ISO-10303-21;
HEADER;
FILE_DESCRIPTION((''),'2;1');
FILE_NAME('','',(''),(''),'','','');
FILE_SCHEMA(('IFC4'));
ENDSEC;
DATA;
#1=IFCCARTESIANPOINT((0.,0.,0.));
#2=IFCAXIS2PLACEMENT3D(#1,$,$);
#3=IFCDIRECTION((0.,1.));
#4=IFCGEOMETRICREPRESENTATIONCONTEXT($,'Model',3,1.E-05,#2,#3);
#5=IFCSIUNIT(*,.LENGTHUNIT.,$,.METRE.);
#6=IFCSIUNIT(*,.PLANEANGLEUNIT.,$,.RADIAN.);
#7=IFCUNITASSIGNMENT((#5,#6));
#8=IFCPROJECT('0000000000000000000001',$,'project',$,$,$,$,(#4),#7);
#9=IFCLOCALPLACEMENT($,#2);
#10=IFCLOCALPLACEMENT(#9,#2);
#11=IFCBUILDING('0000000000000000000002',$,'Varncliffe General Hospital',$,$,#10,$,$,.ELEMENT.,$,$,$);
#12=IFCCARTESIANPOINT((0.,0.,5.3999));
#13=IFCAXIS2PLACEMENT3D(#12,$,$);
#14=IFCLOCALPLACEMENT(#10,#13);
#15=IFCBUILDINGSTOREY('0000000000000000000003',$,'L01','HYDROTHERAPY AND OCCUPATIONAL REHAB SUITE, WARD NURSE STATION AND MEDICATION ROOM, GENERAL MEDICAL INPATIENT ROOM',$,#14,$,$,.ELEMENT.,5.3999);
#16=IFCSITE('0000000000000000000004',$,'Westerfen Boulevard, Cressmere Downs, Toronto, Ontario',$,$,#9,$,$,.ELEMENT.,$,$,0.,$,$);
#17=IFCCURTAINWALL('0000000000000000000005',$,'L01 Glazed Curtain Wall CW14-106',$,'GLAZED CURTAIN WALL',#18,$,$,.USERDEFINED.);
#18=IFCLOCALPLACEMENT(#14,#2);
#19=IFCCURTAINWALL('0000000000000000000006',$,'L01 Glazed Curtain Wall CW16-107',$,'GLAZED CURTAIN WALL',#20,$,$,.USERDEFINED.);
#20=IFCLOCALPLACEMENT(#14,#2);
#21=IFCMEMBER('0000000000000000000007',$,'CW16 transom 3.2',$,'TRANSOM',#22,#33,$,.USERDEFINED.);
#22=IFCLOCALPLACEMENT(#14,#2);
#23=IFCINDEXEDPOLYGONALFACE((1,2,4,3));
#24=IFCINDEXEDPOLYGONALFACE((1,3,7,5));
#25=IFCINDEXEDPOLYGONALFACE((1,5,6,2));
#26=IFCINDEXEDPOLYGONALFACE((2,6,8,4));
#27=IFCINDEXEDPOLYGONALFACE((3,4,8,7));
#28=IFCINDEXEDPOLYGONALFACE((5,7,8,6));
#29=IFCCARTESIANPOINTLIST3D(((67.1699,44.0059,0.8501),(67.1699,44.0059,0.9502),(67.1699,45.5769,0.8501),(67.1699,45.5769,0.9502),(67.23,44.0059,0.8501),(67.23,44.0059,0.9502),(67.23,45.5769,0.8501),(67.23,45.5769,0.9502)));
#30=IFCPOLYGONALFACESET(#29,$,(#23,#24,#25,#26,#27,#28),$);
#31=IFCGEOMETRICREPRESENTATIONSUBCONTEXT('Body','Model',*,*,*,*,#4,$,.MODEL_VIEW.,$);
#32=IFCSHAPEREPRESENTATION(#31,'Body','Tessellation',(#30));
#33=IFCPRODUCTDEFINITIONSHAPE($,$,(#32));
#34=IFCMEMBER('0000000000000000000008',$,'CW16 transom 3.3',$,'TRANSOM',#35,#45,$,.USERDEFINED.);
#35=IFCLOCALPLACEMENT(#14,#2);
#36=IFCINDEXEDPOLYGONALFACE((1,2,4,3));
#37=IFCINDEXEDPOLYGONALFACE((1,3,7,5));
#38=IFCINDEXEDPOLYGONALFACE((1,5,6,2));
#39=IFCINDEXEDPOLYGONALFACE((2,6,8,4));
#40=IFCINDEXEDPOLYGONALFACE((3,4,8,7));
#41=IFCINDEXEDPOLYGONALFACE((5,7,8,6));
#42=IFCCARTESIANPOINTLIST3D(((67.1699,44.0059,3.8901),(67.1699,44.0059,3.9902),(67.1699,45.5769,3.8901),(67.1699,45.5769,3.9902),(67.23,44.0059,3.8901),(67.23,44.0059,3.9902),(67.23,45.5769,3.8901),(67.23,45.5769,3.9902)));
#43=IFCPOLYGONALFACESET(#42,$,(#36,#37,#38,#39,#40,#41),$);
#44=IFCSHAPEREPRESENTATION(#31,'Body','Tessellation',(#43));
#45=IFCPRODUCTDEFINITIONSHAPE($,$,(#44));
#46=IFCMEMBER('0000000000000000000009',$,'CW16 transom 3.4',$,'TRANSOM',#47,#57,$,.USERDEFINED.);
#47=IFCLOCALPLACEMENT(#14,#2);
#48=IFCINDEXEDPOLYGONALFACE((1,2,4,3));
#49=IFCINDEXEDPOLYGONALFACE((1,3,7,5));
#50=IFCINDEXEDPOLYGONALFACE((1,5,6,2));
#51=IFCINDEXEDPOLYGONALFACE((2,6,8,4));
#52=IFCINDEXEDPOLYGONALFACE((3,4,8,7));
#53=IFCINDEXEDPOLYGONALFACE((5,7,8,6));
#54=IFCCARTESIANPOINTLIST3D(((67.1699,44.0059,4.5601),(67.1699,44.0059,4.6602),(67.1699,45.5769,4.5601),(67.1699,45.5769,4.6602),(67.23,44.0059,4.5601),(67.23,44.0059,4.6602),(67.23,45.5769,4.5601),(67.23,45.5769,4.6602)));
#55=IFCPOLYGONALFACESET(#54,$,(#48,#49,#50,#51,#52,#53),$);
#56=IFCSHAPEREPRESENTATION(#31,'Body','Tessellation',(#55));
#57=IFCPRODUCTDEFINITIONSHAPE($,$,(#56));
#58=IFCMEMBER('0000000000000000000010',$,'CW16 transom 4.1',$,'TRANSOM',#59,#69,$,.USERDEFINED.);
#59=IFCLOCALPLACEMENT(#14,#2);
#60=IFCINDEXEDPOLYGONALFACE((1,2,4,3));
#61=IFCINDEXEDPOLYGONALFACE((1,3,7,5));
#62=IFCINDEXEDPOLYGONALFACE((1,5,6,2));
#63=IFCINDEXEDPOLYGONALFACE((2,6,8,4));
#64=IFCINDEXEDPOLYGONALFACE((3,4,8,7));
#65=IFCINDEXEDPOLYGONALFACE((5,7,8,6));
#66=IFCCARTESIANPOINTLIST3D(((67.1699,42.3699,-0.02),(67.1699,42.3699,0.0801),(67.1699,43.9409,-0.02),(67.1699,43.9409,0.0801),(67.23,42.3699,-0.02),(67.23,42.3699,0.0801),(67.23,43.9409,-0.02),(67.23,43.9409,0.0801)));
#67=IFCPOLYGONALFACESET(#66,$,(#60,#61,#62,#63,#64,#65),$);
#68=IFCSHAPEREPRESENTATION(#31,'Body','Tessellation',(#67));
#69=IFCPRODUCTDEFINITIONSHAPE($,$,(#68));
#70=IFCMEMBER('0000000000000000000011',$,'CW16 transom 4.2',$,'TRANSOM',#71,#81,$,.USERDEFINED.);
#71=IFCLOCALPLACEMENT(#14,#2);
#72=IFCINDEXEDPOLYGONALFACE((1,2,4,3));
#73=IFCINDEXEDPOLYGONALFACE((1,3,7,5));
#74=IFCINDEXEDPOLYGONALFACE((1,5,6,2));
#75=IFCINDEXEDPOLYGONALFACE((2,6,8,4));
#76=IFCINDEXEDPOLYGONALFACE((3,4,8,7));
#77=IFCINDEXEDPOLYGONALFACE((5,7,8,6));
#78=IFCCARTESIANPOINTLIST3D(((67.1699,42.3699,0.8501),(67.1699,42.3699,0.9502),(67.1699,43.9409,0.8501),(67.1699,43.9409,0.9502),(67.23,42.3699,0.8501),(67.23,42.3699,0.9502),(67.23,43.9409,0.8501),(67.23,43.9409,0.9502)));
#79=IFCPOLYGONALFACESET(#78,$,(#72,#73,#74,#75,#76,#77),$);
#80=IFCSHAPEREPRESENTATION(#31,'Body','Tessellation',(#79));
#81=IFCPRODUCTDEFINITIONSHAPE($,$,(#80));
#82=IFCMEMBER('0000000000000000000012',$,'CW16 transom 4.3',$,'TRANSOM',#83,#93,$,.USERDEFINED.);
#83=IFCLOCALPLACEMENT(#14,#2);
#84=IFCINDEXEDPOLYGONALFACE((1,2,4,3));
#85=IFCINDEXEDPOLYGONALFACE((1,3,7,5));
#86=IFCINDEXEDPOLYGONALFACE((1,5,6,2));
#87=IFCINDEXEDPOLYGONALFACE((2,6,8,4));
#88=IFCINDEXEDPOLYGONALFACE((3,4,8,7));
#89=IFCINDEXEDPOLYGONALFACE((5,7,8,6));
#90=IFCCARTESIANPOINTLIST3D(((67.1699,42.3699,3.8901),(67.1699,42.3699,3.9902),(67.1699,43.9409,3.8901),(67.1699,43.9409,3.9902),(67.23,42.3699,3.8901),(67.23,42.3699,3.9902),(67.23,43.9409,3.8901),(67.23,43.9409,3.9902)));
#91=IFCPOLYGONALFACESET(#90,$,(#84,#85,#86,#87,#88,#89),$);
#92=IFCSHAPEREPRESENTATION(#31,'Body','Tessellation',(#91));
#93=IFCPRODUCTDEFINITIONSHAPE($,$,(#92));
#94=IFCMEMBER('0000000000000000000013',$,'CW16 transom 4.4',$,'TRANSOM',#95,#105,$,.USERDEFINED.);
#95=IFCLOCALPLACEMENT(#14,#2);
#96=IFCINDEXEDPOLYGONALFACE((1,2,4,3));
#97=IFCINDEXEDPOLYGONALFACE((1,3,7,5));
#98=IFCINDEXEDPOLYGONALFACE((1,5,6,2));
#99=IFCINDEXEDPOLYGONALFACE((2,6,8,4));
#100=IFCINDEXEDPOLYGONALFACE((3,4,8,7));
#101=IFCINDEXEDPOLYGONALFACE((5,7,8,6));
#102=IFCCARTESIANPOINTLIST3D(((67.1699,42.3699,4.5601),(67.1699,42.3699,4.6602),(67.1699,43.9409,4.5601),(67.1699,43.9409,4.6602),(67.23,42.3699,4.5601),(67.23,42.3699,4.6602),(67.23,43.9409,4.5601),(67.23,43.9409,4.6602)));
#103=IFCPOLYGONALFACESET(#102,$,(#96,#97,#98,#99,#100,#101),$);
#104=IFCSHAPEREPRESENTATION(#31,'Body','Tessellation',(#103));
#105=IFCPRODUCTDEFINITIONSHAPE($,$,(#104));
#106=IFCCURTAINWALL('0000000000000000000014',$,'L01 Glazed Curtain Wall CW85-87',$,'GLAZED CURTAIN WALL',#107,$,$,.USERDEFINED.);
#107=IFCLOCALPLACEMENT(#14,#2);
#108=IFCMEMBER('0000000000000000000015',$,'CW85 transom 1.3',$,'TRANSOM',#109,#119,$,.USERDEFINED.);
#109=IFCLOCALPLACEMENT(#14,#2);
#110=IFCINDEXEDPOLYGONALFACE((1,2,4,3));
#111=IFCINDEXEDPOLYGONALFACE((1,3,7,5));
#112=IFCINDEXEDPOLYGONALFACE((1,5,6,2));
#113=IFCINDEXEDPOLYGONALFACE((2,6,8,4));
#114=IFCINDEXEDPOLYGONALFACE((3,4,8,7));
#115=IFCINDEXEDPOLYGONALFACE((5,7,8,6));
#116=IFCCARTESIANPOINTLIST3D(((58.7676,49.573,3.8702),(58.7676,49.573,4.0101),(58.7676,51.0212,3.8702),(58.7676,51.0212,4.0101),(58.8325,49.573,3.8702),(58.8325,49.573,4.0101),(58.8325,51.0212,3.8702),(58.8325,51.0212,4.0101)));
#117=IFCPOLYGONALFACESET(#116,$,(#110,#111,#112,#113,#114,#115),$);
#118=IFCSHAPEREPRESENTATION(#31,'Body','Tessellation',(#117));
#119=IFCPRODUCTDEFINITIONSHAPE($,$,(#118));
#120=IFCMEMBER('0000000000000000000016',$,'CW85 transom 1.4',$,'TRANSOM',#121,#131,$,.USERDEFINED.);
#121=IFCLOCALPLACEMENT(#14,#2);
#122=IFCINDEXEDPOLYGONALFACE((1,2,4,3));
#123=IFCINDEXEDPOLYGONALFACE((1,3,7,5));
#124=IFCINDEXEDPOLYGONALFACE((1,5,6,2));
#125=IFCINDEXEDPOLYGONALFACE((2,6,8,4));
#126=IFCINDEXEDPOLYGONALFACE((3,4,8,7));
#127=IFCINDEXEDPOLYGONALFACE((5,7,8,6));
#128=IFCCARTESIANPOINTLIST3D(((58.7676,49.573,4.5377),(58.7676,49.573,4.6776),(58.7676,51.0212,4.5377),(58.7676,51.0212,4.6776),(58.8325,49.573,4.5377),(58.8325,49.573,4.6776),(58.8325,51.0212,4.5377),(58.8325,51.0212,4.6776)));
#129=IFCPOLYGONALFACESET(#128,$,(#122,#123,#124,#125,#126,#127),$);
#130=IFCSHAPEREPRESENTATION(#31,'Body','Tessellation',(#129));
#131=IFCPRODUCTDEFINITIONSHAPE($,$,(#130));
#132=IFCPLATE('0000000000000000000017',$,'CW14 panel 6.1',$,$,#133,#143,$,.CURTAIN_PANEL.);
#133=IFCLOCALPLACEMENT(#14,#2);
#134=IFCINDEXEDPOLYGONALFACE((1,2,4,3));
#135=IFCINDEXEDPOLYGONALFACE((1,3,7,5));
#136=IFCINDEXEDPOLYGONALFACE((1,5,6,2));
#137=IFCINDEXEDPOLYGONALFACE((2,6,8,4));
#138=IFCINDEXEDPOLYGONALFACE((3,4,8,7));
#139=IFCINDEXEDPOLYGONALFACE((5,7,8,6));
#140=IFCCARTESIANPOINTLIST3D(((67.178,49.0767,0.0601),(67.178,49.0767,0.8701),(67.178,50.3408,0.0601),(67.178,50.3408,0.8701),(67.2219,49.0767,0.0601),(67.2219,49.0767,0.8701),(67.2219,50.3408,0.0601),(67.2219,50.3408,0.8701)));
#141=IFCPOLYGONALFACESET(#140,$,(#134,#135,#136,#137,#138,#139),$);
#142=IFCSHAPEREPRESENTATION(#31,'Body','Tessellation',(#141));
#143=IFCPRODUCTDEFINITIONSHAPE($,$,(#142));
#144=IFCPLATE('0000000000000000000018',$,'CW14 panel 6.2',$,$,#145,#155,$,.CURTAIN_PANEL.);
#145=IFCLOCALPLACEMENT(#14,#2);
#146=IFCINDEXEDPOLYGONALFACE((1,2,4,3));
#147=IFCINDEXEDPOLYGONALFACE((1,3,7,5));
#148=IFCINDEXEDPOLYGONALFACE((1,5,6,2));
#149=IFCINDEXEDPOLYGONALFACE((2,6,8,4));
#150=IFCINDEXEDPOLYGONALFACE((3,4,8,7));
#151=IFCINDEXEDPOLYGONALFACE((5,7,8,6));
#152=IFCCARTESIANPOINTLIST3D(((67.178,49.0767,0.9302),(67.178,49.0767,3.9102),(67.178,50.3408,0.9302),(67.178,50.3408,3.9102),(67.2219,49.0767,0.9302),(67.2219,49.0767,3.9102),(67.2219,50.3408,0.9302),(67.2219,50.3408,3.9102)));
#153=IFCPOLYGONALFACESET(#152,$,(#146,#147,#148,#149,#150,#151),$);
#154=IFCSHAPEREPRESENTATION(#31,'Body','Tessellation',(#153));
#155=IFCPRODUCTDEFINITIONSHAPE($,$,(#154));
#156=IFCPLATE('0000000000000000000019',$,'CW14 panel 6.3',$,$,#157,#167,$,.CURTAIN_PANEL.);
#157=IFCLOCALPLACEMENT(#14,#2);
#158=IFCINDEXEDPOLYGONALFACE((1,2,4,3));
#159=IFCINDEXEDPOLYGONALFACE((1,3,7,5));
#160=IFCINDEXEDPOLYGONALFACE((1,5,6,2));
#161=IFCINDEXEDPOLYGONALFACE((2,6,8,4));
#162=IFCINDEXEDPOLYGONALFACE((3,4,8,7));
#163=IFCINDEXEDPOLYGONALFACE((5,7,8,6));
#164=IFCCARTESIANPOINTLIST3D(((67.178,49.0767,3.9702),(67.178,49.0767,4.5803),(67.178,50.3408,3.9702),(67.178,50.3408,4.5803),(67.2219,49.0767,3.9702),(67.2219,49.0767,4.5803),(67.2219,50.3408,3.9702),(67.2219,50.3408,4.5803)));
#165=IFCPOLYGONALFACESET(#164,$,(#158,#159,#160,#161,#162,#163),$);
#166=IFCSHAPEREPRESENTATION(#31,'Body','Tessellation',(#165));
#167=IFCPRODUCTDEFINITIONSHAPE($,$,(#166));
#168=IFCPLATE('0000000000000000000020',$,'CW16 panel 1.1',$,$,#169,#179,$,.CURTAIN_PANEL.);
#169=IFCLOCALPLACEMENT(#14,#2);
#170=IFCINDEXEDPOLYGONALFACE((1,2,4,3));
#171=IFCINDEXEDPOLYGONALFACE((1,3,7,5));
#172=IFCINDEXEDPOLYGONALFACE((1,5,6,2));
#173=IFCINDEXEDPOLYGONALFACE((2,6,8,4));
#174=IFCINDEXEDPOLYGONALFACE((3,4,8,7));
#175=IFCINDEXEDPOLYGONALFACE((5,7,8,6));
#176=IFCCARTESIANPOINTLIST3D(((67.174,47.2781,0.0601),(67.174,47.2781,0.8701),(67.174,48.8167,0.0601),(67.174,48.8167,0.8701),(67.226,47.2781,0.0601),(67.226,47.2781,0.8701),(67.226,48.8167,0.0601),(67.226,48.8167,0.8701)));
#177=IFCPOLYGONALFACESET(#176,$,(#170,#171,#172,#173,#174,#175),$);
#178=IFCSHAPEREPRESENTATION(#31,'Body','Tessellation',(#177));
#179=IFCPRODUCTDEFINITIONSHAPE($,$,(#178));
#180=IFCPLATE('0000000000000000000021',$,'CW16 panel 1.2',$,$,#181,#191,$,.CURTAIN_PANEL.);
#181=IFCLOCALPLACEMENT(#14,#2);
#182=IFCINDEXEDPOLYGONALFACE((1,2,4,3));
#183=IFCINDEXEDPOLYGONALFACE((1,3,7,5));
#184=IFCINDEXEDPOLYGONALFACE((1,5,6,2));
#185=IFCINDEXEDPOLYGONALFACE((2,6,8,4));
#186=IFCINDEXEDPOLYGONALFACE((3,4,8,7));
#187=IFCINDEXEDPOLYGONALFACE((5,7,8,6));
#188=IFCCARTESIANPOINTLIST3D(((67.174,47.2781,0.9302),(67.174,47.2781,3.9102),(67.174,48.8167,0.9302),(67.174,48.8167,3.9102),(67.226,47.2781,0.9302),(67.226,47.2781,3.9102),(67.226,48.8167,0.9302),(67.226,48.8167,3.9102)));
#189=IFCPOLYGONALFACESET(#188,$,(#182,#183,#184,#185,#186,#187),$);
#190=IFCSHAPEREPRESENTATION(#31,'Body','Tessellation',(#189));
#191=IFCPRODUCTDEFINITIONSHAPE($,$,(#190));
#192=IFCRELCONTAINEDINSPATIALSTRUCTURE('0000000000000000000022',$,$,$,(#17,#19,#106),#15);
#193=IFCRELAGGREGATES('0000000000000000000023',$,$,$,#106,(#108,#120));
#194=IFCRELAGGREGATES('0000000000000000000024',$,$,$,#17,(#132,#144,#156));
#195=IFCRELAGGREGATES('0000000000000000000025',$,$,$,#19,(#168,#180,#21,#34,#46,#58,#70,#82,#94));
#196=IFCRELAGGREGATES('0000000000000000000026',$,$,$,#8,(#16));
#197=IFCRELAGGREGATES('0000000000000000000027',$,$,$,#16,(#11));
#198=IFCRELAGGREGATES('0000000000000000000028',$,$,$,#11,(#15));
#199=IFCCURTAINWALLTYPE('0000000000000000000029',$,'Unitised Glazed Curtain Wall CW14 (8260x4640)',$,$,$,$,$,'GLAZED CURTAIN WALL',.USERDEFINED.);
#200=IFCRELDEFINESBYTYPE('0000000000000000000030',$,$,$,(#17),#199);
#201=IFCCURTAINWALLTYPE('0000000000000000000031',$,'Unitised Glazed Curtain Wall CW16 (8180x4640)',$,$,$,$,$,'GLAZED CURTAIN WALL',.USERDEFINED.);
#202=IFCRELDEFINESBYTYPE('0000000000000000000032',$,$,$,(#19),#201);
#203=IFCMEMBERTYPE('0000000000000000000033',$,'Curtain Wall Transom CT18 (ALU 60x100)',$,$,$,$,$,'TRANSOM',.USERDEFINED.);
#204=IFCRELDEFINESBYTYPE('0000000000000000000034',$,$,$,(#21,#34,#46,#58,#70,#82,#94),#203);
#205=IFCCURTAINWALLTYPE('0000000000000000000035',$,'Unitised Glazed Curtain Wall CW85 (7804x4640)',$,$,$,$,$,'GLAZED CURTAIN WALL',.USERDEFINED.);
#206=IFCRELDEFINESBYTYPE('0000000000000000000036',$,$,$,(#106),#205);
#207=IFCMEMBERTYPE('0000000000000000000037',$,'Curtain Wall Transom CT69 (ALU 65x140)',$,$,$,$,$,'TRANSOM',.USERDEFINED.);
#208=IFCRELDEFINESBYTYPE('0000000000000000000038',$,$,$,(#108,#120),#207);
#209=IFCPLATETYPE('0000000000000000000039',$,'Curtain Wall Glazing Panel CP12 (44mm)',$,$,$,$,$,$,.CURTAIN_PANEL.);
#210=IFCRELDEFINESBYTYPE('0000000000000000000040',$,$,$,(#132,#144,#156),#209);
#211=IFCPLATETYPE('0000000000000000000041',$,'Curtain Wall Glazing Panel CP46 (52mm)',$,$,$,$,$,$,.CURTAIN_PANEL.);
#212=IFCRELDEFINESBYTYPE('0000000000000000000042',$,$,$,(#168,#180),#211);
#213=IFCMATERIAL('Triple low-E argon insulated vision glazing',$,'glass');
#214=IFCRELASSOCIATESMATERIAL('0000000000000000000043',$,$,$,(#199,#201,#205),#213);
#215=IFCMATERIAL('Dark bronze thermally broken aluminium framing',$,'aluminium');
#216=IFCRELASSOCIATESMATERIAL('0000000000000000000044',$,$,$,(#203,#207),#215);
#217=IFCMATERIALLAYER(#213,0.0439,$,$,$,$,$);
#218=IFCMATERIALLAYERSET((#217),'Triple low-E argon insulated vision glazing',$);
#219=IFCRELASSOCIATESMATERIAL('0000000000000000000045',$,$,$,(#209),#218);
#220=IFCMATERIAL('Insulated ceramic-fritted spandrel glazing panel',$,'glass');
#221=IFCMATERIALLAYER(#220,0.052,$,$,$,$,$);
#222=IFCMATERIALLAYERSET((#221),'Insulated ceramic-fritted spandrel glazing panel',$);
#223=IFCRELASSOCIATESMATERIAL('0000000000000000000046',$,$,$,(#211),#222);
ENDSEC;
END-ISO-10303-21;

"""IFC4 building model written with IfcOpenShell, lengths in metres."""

from ifc_helpers import new_model, si_unit, direction, frame, origin, origin_2d, place, context, subcontext, project, spatial, rectangle, extrude, material, layer, layer_set, material_profile, profile_set, type_object, element, aggregate, save


model = new_model("IFC4")

# Units and contexts
model_context = context("Model", 3, precision=1e-05, world=origin(), true_north=direction((0.0, 1.0)))
body_context = subcontext(model_context, "Body", "Model", "MODEL_VIEW")
ifc_project = project(units=[si_unit("LENGTHUNIT", "METRE"), si_unit("PLANEANGLEUNIT", "RADIAN")], contexts=[model_context])

# Site, building, storey
site_placement = place(None, origin())
site = spatial("IfcSite", under=ifc_project, at=site_placement, Name="Westerfen Boulevard, Cressmere Downs, Toronto, Ontario", CompositionType="ELEMENT", RefElevation=0.0)
building_placement = place(site_placement, origin())
building = spatial("IfcBuilding", under=site, at=building_placement, Name="Varncliffe General Hospital", CompositionType="ELEMENT")
storey_placement = place(building_placement, frame((0.0, 0.0, 5.3999)))
storey = spatial("IfcBuildingStorey", under=building, at=storey_placement, Name="L01", Description="HYDROTHERAPY AND OCCUPATIONAL REHAB SUITE, WARD NURSE STATION AND MEDICATION ROOM, GENERAL MEDICAL INPATIENT ROOM", CompositionType="ELEMENT", Elevation=5.3999)

# Curtain wall
ifc_material_1 = material(Name="Triple low-E argon insulated vision glazing", Category="glass")
curtain_wall_type_1 = type_object("IfcCurtainWallType", Name="Unitised Glazed Curtain Wall CW14 (8260x4640)", ElementType="GLAZED CURTAIN WALL", PredefinedType="USERDEFINED", material=ifc_material_1)
curtain_wall_1_placement = place(storey_placement, origin())
curtain_wall_1 = element("IfcCurtainWall", 1, at=curtain_wall_1_placement, inside=storey, type_object=curtain_wall_type_1, Name="L01 Glazed Curtain Wall CW14-106", ObjectType="GLAZED CURTAIN WALL", PredefinedType="USERDEFINED")
ifc_material_2 = material(Name="Dark bronze thermally broken aluminium framing", Category="aluminium")

# Curtain walls, members
curtain_wall_type_2 = type_object("IfcCurtainWallType", Name="Unitised Glazed Curtain Wall CW16 (8180x4640)", ElementType="GLAZED CURTAIN WALL", PredefinedType="USERDEFINED", material=ifc_material_1)
curtain_wall_2_placement = place(storey_placement, origin())
curtain_wall_2 = element("IfcCurtainWall", 2, at=curtain_wall_2_placement, inside=storey, type_object=curtain_wall_type_2, Name="L01 Glazed Curtain Wall CW16-107", ObjectType="GLAZED CURTAIN WALL", PredefinedType="USERDEFINED")
ifc_material_profile_1 = material_profile(ifc_material_2, rectangle(XDim=0.0601, YDim=0.1001, at=origin_2d()), Name="ALU 60x100")
ifc_profile_set_1 = profile_set([ifc_material_profile_1], Name="Dark bronze thermally broken aluminium framing")
member_type_1 = type_object("IfcMemberType", Name="Curtain Wall Transom CT18 (ALU 60x100)", ElementType="TRANSOM", PredefinedType="USERDEFINED", material=ifc_profile_set_1)
member_1_placement = place(storey_placement, frame((67.2, 45.5769, 0.9001), z_axis=(0.0, -1.0, 0.0), x_axis=(1.0, 0.0, 0.0)))
member_1 = element("IfcMember", 3, at=member_1_placement, type_object=member_type_1, Name="CW16 transom 3.2", ObjectType="TRANSOM", PredefinedType="USERDEFINED", context=body_context, shape_type="SweptSolid", body=[
    extrude(rectangle(XDim=0.0601, YDim=0.1001, at=origin_2d()), origin(), (0.0, 0.0, 1.0), 1.571),
])
member_2_placement = place(storey_placement, frame((67.2, 45.5769, 3.9402), z_axis=(0.0, -1.0, 0.0), x_axis=(1.0, 0.0, 0.0)))
member_2 = element("IfcMember", 4, at=member_2_placement, type_object=member_type_1, Name="CW16 transom 3.3", ObjectType="TRANSOM", PredefinedType="USERDEFINED", context=body_context, shape_type="SweptSolid", body=[
    extrude(rectangle(XDim=0.0601, YDim=0.1001, at=origin_2d()), origin(), (0.0, 0.0, 1.0), 1.571),
])
member_3_placement = place(storey_placement, frame((67.2, 45.5769, 4.6101), z_axis=(0.0, -1.0, 0.0), x_axis=(1.0, 0.0, 0.0)))
member_3 = element("IfcMember", 5, at=member_3_placement, type_object=member_type_1, Name="CW16 transom 3.4", ObjectType="TRANSOM", PredefinedType="USERDEFINED", context=body_context, shape_type="SweptSolid", body=[
    extrude(rectangle(XDim=0.0601, YDim=0.1001, at=origin_2d()), origin(), (0.0, 0.0, 1.0), 1.571),
])
member_4_placement = place(storey_placement, frame((67.2, 43.9409, 0.03), z_axis=(0.0, -1.0, 0.0), x_axis=(1.0, 0.0, 0.0)))
member_4 = element("IfcMember", 6, at=member_4_placement, type_object=member_type_1, Name="CW16 transom 4.1", ObjectType="TRANSOM", PredefinedType="USERDEFINED", context=body_context, shape_type="SweptSolid", body=[
    extrude(rectangle(XDim=0.0601, YDim=0.1001, at=origin_2d()), origin(), (0.0, 0.0, 1.0), 1.571),
])
member_5_placement = place(storey_placement, frame((67.2, 43.9409, 0.9001), z_axis=(0.0, -1.0, 0.0), x_axis=(1.0, 0.0, 0.0)))
member_5 = element("IfcMember", 7, at=member_5_placement, type_object=member_type_1, Name="CW16 transom 4.2", ObjectType="TRANSOM", PredefinedType="USERDEFINED", context=body_context, shape_type="SweptSolid", body=[
    extrude(rectangle(XDim=0.0601, YDim=0.1001, at=origin_2d()), origin(), (0.0, 0.0, 1.0), 1.571),
])
member_6_placement = place(storey_placement, frame((67.2, 43.9409, 3.9402), z_axis=(0.0, -1.0, 0.0), x_axis=(1.0, 0.0, 0.0)))
member_6 = element("IfcMember", 8, at=member_6_placement, type_object=member_type_1, Name="CW16 transom 4.3", ObjectType="TRANSOM", PredefinedType="USERDEFINED", context=body_context, shape_type="SweptSolid", body=[
    extrude(rectangle(XDim=0.0601, YDim=0.1001, at=origin_2d()), origin(), (0.0, 0.0, 1.0), 1.571),
])
member_7_placement = place(storey_placement, frame((67.2, 43.9409, 4.6101), z_axis=(0.0, -1.0, 0.0), x_axis=(1.0, 0.0, 0.0)))
member_7 = element("IfcMember", 9, at=member_7_placement, type_object=member_type_1, Name="CW16 transom 4.4", ObjectType="TRANSOM", PredefinedType="USERDEFINED", context=body_context, shape_type="SweptSolid", body=[
    extrude(rectangle(XDim=0.0601, YDim=0.1001, at=origin_2d()), origin(), (0.0, 0.0, 1.0), 1.571),
])
curtain_wall_type_3 = type_object("IfcCurtainWallType", Name="Unitised Glazed Curtain Wall CW85 (7804x4640)", ElementType="GLAZED CURTAIN WALL", PredefinedType="USERDEFINED", material=ifc_material_1)
curtain_wall_3_placement = place(storey_placement, origin())
curtain_wall_3 = element("IfcCurtainWall", 10, at=curtain_wall_3_placement, inside=storey, type_object=curtain_wall_type_3, Name="L01 Glazed Curtain Wall CW85-87", ObjectType="GLAZED CURTAIN WALL", PredefinedType="USERDEFINED")
ifc_material_profile_2 = material_profile(ifc_material_2, rectangle(XDim=0.0649, YDim=0.1399, at=origin_2d()), Name="ALU 65x140")
ifc_profile_set_2 = profile_set([ifc_material_profile_2], Name="Dark bronze thermally broken aluminium framing")
member_type_2 = type_object("IfcMemberType", Name="Curtain Wall Transom CT69 (ALU 65x140)", ElementType="TRANSOM", PredefinedType="USERDEFINED", material=ifc_profile_set_2)
member_8_placement = place(storey_placement, frame((58.8, 49.573, 3.9402), z_axis=(0.0, 1.0, 0.0), x_axis=(-1.0, 0.0, 0.0)))
member_8 = element("IfcMember", 11, at=member_8_placement, type_object=member_type_2, Name="CW85 transom 1.3", ObjectType="TRANSOM", PredefinedType="USERDEFINED", context=body_context, shape_type="SweptSolid", body=[
    extrude(rectangle(XDim=0.0649, YDim=0.1399, at=origin_2d()), origin(), (0.0, 0.0, 1.0), 1.4482),
])
member_9_placement = place(storey_placement, frame((58.8, 49.573, 4.6077), z_axis=(0.0, 1.0, 0.0), x_axis=(-1.0, 0.0, 0.0)))
member_9 = element("IfcMember", 12, at=member_9_placement, type_object=member_type_2, Name="CW85 transom 1.4", ObjectType="TRANSOM", PredefinedType="USERDEFINED", context=body_context, shape_type="SweptSolid", body=[
    extrude(rectangle(XDim=0.0649, YDim=0.1399, at=origin_2d()), origin(), (0.0, 0.0, 1.0), 1.4482),
])
aggregate(curtain_wall_3, [member_8, member_9])

# Plates
ifc_layer_1 = layer(ifc_material_1, 0.0439)
ifc_layer_set_1 = layer_set([ifc_layer_1], Name="Triple low-E argon insulated vision glazing")
plate_type_1 = type_object("IfcPlateType", Name="Curtain Wall Glazing Panel CP12 (44mm)", PredefinedType="CURTAIN_PANEL", material=ifc_layer_set_1)
plate_1_placement = place(storey_placement, frame((67.2, 49.7087, 0.0601), z_axis=(0.0, 0.0, 1.0), x_axis=(0.0, -1.0, 0.0)))
plate_1 = element("IfcPlate", 13, at=plate_1_placement, type_object=plate_type_1, Name="CW14 panel 6.1", PredefinedType="CURTAIN_PANEL", context=body_context, shape_type="SweptSolid", body=[
    extrude(rectangle(XDim=1.2642, YDim=0.0439, at=origin_2d()), origin(), (0.0, 0.0, 1.0), 0.8101),
])
plate_2_placement = place(storey_placement, frame((67.2, 49.7087, 0.9302), z_axis=(0.0, 0.0, 1.0), x_axis=(0.0, -1.0, 0.0)))
plate_2 = element("IfcPlate", 14, at=plate_2_placement, type_object=plate_type_1, Name="CW14 panel 6.2", PredefinedType="CURTAIN_PANEL", context=body_context, shape_type="SweptSolid", body=[
    extrude(rectangle(XDim=1.2642, YDim=0.0439, at=origin_2d()), origin(), (0.0, 0.0, 1.0), 2.98),
])
plate_3_placement = place(storey_placement, frame((67.2, 49.7087, 3.9702), z_axis=(0.0, 0.0, 1.0), x_axis=(0.0, -1.0, 0.0)))
plate_3 = element("IfcPlate", 15, at=plate_3_placement, type_object=plate_type_1, Name="CW14 panel 6.3", PredefinedType="CURTAIN_PANEL", context=body_context, shape_type="SweptSolid", body=[
    extrude(rectangle(XDim=1.2642, YDim=0.0439, at=origin_2d()), origin(), (0.0, 0.0, 1.0), 0.6101),
])
aggregate(curtain_wall_1, [plate_1, plate_2, plate_3])
ifc_material_3 = material(Name="Insulated ceramic-fritted spandrel glazing panel", Category="glass")
ifc_layer_2 = layer(ifc_material_3, 0.052)
ifc_layer_set_2 = layer_set([ifc_layer_2], Name="Insulated ceramic-fritted spandrel glazing panel")
plate_type_2 = type_object("IfcPlateType", Name="Curtain Wall Glazing Panel CP46 (52mm)", PredefinedType="CURTAIN_PANEL", material=ifc_layer_set_2)
plate_4_placement = place(storey_placement, frame((67.2, 48.0474, 0.0601), z_axis=(0.0, 0.0, 1.0), x_axis=(0.0, -1.0, 0.0)))
plate_4 = element("IfcPlate", 16, at=plate_4_placement, type_object=plate_type_2, Name="CW16 panel 1.1", PredefinedType="CURTAIN_PANEL", context=body_context, shape_type="SweptSolid", body=[
    extrude(rectangle(XDim=1.5386, YDim=0.052, at=origin_2d()), origin(), (0.0, 0.0, 1.0), 0.8101),
])
plate_5_placement = place(storey_placement, frame((67.2, 48.0474, 0.9302), z_axis=(0.0, 0.0, 1.0), x_axis=(0.0, -1.0, 0.0)))
plate_5 = element("IfcPlate", 17, at=plate_5_placement, type_object=plate_type_2, Name="CW16 panel 1.2", PredefinedType="CURTAIN_PANEL", context=body_context, shape_type="SweptSolid", body=[
    extrude(rectangle(XDim=1.5386, YDim=0.052, at=origin_2d()), origin(), (0.0, 0.0, 1.0), 2.98),
])
aggregate(curtain_wall_2, [plate_4, plate_5, member_1, member_2, member_3, member_4, member_5, member_6, member_7])

save(model, "model.ifc")
